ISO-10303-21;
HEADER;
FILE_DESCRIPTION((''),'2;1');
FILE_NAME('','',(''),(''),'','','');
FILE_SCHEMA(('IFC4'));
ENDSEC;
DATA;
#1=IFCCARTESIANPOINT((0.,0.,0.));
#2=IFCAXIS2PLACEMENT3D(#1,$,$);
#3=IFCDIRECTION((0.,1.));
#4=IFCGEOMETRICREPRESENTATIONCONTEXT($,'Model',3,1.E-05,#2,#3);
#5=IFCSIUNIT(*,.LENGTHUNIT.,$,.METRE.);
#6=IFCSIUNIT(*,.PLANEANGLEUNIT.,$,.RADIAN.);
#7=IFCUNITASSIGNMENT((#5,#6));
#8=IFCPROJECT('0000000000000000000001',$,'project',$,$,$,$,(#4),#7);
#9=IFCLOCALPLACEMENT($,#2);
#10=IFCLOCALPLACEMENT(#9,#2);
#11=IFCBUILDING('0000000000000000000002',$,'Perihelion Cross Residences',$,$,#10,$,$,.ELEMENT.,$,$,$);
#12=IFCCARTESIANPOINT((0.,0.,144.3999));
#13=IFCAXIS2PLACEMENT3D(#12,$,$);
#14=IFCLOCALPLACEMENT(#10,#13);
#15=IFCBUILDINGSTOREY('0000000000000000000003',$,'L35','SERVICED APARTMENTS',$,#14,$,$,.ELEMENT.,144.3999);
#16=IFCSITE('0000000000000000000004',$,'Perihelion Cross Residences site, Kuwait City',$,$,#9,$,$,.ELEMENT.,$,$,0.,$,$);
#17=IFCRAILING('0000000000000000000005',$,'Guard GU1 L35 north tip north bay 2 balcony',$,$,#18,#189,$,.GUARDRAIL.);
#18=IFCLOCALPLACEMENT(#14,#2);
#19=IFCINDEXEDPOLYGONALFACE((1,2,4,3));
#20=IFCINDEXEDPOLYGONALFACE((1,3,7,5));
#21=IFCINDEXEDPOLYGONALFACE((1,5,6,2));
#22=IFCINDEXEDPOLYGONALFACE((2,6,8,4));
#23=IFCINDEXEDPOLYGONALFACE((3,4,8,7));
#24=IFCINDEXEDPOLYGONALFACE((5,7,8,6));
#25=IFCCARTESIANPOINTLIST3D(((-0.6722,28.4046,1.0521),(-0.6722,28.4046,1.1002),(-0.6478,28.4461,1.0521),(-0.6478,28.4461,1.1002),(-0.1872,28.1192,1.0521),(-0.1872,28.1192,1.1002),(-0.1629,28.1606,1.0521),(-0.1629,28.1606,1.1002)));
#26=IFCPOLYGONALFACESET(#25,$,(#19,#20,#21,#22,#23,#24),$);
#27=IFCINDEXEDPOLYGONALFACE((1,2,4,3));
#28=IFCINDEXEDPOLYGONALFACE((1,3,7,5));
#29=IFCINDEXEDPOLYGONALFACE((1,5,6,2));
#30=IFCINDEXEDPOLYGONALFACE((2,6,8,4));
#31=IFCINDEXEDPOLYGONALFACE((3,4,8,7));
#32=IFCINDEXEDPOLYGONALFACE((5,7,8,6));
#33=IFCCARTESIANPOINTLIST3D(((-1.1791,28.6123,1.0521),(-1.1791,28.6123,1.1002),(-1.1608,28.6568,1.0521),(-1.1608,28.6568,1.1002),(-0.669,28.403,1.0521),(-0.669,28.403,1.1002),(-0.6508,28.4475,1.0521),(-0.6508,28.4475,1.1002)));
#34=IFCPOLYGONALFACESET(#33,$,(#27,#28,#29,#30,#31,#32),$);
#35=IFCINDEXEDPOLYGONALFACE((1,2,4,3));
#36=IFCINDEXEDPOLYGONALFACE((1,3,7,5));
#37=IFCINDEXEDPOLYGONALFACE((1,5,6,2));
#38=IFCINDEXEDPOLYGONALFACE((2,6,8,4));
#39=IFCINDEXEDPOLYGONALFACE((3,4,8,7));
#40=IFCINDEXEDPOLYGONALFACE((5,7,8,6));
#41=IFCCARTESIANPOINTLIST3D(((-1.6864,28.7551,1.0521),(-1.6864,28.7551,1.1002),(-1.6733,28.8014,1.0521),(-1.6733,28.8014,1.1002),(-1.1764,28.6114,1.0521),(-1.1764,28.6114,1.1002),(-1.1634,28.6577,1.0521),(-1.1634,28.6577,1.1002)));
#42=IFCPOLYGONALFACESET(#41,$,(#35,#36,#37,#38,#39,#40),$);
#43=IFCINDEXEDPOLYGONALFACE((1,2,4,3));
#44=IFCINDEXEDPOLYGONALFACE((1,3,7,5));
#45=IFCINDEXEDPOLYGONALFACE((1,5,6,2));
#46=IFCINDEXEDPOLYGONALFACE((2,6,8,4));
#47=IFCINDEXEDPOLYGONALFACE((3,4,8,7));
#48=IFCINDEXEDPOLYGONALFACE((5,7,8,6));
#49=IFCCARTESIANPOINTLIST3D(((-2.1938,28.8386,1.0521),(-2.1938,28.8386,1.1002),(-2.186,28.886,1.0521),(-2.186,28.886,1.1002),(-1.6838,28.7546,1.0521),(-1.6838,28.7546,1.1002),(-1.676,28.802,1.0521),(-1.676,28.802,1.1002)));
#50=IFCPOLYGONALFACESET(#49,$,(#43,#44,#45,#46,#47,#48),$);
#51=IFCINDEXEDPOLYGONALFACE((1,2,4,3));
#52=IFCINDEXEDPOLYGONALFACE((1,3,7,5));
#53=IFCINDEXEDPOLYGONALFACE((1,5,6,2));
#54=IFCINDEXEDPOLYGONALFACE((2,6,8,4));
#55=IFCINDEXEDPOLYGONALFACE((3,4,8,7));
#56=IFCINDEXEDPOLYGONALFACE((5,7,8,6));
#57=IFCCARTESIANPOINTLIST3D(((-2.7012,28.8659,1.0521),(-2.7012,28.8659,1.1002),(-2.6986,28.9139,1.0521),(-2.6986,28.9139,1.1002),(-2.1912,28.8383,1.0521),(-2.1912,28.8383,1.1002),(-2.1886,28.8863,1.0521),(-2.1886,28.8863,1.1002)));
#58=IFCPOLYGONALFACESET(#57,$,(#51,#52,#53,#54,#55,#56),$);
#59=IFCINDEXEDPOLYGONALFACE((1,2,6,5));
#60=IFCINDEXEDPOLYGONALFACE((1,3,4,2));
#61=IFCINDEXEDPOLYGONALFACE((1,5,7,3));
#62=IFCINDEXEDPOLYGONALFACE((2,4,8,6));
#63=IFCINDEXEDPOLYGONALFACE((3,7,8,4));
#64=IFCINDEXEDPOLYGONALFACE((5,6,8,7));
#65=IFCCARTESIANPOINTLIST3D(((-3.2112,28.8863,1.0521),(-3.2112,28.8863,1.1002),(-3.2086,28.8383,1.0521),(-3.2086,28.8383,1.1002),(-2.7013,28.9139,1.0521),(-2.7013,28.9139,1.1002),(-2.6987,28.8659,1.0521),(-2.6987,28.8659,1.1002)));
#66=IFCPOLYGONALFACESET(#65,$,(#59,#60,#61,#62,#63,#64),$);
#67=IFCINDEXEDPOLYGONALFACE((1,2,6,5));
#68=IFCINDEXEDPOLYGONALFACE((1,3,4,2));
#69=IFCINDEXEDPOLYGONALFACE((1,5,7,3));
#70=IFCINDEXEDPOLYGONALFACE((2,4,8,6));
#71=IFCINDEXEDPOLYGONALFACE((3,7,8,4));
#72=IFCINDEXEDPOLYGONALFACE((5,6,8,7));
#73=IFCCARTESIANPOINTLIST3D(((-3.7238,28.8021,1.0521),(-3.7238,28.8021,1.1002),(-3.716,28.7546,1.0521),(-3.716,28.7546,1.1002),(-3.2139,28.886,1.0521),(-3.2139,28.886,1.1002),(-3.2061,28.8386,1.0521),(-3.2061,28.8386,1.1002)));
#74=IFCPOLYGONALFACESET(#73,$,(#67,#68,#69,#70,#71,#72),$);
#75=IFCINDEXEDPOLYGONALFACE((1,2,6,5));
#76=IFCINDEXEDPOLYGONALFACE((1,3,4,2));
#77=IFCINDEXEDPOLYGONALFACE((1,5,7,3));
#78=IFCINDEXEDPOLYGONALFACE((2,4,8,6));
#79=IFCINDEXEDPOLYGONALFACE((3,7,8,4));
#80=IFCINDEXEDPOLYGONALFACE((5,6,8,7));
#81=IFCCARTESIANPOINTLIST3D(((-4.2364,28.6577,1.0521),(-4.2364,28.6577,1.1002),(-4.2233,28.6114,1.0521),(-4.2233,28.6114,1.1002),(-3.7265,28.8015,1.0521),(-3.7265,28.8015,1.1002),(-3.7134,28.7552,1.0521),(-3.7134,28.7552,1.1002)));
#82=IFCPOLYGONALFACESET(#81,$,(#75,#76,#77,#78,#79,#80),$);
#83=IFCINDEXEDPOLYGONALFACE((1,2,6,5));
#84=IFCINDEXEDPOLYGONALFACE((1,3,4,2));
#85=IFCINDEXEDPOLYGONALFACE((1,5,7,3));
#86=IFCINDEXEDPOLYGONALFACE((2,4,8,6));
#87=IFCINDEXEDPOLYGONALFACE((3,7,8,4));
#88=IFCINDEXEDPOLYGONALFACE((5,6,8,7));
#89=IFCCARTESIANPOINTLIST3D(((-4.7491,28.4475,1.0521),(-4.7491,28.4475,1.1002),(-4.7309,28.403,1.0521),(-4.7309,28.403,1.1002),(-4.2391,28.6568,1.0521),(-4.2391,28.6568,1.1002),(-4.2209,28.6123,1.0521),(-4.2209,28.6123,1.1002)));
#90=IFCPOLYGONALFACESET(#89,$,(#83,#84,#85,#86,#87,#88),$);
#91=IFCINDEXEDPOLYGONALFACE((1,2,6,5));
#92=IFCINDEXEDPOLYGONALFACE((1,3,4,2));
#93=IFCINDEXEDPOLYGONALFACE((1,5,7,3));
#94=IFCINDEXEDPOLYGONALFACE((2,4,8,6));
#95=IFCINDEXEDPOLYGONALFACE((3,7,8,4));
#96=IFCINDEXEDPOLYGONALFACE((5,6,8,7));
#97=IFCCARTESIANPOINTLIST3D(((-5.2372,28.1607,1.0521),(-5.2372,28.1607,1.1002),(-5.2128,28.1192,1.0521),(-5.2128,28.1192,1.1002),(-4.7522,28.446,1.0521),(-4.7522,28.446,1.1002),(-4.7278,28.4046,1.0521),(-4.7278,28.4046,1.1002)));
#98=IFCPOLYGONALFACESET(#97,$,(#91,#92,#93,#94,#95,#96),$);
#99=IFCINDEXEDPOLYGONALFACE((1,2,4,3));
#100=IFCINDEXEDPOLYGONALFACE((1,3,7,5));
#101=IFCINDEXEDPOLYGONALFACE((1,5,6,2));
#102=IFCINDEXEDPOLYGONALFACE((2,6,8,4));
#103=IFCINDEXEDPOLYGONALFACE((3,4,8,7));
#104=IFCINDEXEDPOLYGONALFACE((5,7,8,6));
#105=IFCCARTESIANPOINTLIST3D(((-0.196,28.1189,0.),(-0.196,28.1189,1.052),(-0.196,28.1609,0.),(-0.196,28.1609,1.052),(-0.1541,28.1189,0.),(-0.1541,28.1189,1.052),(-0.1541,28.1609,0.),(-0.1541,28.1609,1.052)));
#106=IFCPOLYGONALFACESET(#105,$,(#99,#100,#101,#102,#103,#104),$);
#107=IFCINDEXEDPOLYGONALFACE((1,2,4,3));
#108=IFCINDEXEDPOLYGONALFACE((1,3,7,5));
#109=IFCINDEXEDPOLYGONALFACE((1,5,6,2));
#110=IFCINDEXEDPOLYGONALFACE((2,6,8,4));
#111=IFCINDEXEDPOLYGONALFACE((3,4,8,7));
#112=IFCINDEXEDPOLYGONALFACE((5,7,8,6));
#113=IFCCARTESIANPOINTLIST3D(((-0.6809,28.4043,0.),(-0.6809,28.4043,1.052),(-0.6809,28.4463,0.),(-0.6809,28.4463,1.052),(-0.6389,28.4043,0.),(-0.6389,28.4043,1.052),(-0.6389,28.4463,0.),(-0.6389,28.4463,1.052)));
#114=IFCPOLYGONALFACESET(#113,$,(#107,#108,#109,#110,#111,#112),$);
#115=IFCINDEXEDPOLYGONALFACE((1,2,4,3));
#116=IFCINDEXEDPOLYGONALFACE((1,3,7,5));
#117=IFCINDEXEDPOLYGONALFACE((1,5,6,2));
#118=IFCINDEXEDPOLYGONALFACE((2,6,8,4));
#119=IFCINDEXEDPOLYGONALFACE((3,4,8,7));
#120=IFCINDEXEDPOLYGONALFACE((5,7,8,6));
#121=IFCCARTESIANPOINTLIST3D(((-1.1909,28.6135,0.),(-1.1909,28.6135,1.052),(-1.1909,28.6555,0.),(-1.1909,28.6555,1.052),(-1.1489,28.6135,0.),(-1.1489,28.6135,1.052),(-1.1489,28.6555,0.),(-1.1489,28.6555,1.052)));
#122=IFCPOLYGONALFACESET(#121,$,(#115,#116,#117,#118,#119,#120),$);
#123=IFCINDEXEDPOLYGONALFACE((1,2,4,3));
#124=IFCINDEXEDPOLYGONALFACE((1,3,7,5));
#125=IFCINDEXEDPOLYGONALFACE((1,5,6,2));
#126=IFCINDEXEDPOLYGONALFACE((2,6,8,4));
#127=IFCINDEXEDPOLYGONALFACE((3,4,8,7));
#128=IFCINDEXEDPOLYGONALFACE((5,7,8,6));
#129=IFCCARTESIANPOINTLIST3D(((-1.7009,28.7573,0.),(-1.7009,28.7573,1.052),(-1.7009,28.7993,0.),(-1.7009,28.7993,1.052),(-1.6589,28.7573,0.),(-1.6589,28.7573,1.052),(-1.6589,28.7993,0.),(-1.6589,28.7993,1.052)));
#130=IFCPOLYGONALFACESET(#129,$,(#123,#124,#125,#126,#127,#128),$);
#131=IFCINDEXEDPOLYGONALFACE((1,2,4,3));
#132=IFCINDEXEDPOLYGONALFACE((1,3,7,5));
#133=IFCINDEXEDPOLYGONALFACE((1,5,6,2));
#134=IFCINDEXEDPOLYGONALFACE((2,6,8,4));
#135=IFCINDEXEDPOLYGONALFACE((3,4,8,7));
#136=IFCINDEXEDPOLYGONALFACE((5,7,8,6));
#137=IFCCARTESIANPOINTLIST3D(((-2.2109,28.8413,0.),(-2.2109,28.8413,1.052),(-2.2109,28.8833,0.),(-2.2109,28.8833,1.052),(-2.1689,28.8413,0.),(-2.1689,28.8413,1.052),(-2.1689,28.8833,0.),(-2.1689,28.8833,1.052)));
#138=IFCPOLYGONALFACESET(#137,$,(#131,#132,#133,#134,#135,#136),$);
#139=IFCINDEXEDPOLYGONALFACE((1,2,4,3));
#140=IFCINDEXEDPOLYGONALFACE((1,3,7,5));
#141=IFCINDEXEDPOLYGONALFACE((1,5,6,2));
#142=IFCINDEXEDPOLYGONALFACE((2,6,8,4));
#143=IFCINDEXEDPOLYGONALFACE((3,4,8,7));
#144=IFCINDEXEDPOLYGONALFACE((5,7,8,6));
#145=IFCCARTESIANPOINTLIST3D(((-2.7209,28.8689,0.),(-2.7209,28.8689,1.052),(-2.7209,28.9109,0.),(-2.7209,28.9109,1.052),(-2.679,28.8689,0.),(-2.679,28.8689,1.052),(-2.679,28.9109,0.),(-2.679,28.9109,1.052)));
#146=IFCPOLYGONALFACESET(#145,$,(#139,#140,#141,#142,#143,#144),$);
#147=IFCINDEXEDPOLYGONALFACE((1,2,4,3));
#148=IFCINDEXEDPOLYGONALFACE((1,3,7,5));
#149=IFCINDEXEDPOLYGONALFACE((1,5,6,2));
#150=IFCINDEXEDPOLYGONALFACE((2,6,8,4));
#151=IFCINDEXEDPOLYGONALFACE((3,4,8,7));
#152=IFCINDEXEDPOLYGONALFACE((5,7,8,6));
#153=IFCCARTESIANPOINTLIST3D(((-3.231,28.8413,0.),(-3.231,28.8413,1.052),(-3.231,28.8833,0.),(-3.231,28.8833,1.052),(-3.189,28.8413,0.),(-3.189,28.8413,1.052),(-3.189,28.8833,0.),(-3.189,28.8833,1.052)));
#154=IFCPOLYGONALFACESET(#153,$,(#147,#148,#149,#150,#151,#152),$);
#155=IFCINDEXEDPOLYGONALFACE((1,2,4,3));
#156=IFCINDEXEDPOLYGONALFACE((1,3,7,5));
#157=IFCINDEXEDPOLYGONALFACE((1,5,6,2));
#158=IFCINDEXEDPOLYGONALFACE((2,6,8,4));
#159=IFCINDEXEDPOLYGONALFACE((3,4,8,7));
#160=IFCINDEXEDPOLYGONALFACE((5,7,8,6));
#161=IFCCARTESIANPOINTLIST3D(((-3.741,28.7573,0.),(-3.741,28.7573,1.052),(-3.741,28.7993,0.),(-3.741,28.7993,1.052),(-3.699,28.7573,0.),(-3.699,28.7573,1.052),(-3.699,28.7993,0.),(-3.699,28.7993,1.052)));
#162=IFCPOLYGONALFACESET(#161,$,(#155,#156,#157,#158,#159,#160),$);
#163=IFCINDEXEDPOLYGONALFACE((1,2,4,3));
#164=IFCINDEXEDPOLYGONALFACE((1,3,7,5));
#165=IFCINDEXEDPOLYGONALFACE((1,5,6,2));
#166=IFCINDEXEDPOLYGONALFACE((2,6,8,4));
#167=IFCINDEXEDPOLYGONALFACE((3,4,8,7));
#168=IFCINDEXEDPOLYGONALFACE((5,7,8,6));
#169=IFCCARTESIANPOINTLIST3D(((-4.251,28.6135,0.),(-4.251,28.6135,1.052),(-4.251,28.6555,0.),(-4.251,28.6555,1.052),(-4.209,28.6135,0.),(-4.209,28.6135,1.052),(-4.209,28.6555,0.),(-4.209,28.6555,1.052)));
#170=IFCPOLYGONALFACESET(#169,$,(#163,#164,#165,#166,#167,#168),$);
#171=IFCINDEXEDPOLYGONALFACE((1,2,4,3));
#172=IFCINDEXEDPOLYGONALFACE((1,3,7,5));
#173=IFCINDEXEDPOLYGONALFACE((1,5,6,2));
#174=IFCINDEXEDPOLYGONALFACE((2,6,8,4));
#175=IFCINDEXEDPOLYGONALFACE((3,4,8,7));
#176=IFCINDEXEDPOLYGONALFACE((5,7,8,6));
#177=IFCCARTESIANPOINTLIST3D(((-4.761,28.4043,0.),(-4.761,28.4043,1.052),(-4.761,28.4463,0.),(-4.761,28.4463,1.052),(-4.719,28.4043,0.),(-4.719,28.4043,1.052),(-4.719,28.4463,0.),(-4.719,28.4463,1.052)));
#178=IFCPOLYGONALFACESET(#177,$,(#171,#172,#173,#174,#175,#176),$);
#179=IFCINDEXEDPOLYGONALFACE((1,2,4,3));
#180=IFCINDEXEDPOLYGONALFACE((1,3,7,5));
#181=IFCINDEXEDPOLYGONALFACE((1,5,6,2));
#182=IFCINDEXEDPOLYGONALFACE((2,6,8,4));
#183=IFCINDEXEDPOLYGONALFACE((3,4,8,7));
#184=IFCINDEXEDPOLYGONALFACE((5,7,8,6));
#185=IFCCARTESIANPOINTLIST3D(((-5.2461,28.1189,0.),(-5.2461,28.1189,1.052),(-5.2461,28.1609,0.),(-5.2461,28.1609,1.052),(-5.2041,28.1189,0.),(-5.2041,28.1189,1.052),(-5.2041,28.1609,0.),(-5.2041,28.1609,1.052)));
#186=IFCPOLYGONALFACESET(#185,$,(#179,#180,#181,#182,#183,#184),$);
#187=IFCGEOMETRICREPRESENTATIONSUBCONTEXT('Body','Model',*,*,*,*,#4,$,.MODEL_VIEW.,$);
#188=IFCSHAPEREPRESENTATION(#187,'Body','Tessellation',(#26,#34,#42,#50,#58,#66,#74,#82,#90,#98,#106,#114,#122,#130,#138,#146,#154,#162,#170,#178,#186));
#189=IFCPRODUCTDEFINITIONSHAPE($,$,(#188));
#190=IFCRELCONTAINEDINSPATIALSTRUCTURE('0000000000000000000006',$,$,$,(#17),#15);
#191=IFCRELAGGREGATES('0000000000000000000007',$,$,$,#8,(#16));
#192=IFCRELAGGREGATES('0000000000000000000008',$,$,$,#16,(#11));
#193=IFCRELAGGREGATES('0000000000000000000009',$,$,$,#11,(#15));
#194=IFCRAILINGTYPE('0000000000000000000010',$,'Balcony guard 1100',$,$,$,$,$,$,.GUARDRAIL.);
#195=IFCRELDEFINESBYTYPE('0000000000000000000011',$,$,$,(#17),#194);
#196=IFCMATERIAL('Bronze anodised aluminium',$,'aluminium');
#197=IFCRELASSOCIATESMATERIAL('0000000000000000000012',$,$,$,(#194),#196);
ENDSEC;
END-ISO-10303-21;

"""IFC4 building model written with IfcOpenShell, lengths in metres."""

from ifc_helpers import new_model, si_unit, direction, frame, origin, origin_2d, place, context, subcontext, project, spatial, rectangle, extrude, material, type_object, element, save


model = new_model("IFC4")

# Units and contexts
model_context = context("Model", 3, precision=1e-05, world=origin(), true_north=direction((0.0, 1.0)))
body_context = subcontext(model_context, "Body", "Model", "MODEL_VIEW")
ifc_project = project(units=[si_unit("LENGTHUNIT", "METRE"), si_unit("PLANEANGLEUNIT", "RADIAN")], contexts=[model_context])

# Site, building, storey
site_placement = place(None, origin())
site = spatial("IfcSite", under=ifc_project, at=site_placement, Name="Perihelion Cross Residences site, Kuwait City", CompositionType="ELEMENT", RefElevation=0.0)
building_placement = place(site_placement, origin())
building = spatial("IfcBuilding", under=site, at=building_placement, Name="Perihelion Cross Residences", CompositionType="ELEMENT")
storey_placement = place(building_placement, frame((0.0, 0.0, 144.3999)))
storey = spatial("IfcBuildingStorey", under=building, at=storey_placement, Name="L35", Description="SERVICED APARTMENTS", CompositionType="ELEMENT", Elevation=144.3999)

# Railing
ifc_material_1 = material(Name="Bronze anodised aluminium", Category="aluminium")
railing_type = type_object("IfcRailingType", Name="Balcony guard 1100", PredefinedType="GUARDRAIL", material=ifc_material_1)
railing_placement = place(storey_placement, frame((-0.175, 28.1399, 0.0)))
element("IfcRailing", 1, at=railing_placement, inside=storey, type_object=railing_type, Name="Guard GU1 L35 north tip north bay 2 balcony", PredefinedType="GUARDRAIL", context=body_context, shape_type="SweptSolid", body=[
    extrude(rectangle(XDim=0.0481, YDim=0.0481, at=origin_2d()), frame((0.0, 0.0, 1.0762), z_axis=(-0.861789, 0.507267, 0.0), x_axis=(-0.507267, -0.861789, 0.0)), (0.0, 0.0, 1.0), 0.5627),
    extrude(rectangle(XDim=0.0481, YDim=0.0481, at=origin_2d()), frame((-0.4849, 0.2854, 1.0762), z_axis=(-0.925173, 0.379547, 0.0), x_axis=(-0.379547, -0.925173, 0.0)), (0.0, 0.0, 1.0), 0.5513),
    extrude(rectangle(XDim=0.0481, YDim=0.0481, at=origin_2d()), frame((-0.9949, 0.4946, 1.0762), z_axis=(-0.962474, 0.271373, 0.0), x_axis=(-0.271373, -0.962474, 0.0)), (0.0, 0.0, 1.0), 0.5298),
    extrude(rectangle(XDim=0.0481, YDim=0.0481, at=origin_2d()), frame((-1.5049, 0.6384, 1.0762), z_axis=(-0.986711, 0.162484, 0.0), x_axis=(-0.162484, -0.986711, 0.0)), (0.0, 0.0, 1.0), 0.5168),
    extrude(rectangle(XDim=0.0481, YDim=0.0481, at=origin_2d()), frame((-2.0149, 0.7224, 1.0762), z_axis=(-0.99854, 0.054014, 0.0), x_axis=(-0.054014, -0.99854, 0.0)), (0.0, 0.0, 1.0), 0.5107),
    extrude(rectangle(XDim=0.0481, YDim=0.0481, at=origin_2d()), frame((-2.5249, 0.75, 1.0762), z_axis=(-0.99854, -0.054014, 0.0), x_axis=(0.054014, -0.99854, 0.0)), (0.0, 0.0, 1.0), 0.5107),
    extrude(rectangle(XDim=0.0481, YDim=0.0481, at=origin_2d()), frame((-3.0349, 0.7224, 1.0762), z_axis=(-0.986711, -0.162484, 0.0), x_axis=(0.162484, -0.986711, 0.0)), (0.0, 0.0, 1.0), 0.5168),
    extrude(rectangle(XDim=0.0481, YDim=0.0481, at=origin_2d()), frame((-3.5449, 0.6384, 1.0762), z_axis=(-0.962474, -0.271373, 0.0), x_axis=(0.271373, -0.962474, 0.0)), (0.0, 0.0, 1.0), 0.5298),
    extrude(rectangle(XDim=0.0481, YDim=0.0481, at=origin_2d()), frame((-4.0549, 0.4946, 1.0762), z_axis=(-0.925173, -0.379547, 0.0), x_axis=(0.379547, -0.925173, 0.0)), (0.0, 0.0, 1.0), 0.5513),
    extrude(rectangle(XDim=0.0481, YDim=0.0481, at=origin_2d()), frame((-4.5649, 0.2854, 1.0762), z_axis=(-0.861901, -0.507077, 0.0), x_axis=(0.507077, -0.861901, 0.0)), (0.0, 0.0, 1.0), 0.5627),
    extrude(rectangle(XDim=0.042, YDim=0.042, at=origin_2d()), origin(), (0.0, 0.0, 1.0), 1.052),
    extrude(rectangle(XDim=0.042, YDim=0.042, at=origin_2d()), frame((-0.4849, 0.2854, 0.0)), (0.0, 0.0, 1.0), 1.052),
    extrude(rectangle(XDim=0.042, YDim=0.042, at=origin_2d()), frame((-0.9949, 0.4946, 0.0)), (0.0, 0.0, 1.0), 1.052),
    extrude(rectangle(XDim=0.042, YDim=0.042, at=origin_2d()), frame((-1.5049, 0.6384, 0.0)), (0.0, 0.0, 1.0), 1.052),
    extrude(rectangle(XDim=0.042, YDim=0.042, at=origin_2d()), frame((-2.0149, 0.7224, 0.0)), (0.0, 0.0, 1.0), 1.052),
    extrude(rectangle(XDim=0.042, YDim=0.042, at=origin_2d()), frame((-2.5249, 0.75, 0.0)), (0.0, 0.0, 1.0), 1.052),
    extrude(rectangle(XDim=0.042, YDim=0.042, at=origin_2d()), frame((-3.0349, 0.7224, 0.0)), (0.0, 0.0, 1.0), 1.052),
    extrude(rectangle(XDim=0.042, YDim=0.042, at=origin_2d()), frame((-3.5449, 0.6384, 0.0)), (0.0, 0.0, 1.0), 1.052),
    extrude(rectangle(XDim=0.042, YDim=0.042, at=origin_2d()), frame((-4.0549, 0.4946, 0.0)), (0.0, 0.0, 1.0), 1.052),
    extrude(rectangle(XDim=0.042, YDim=0.042, at=origin_2d()), frame((-4.5649, 0.2854, 0.0)), (0.0, 0.0, 1.0), 1.052),
    extrude(rectangle(XDim=0.042, YDim=0.042, at=origin_2d()), frame((-5.05, 0.0, 0.0)), (0.0, 0.0, 1.0), 1.052),
])

save(model, "model.ifc")
